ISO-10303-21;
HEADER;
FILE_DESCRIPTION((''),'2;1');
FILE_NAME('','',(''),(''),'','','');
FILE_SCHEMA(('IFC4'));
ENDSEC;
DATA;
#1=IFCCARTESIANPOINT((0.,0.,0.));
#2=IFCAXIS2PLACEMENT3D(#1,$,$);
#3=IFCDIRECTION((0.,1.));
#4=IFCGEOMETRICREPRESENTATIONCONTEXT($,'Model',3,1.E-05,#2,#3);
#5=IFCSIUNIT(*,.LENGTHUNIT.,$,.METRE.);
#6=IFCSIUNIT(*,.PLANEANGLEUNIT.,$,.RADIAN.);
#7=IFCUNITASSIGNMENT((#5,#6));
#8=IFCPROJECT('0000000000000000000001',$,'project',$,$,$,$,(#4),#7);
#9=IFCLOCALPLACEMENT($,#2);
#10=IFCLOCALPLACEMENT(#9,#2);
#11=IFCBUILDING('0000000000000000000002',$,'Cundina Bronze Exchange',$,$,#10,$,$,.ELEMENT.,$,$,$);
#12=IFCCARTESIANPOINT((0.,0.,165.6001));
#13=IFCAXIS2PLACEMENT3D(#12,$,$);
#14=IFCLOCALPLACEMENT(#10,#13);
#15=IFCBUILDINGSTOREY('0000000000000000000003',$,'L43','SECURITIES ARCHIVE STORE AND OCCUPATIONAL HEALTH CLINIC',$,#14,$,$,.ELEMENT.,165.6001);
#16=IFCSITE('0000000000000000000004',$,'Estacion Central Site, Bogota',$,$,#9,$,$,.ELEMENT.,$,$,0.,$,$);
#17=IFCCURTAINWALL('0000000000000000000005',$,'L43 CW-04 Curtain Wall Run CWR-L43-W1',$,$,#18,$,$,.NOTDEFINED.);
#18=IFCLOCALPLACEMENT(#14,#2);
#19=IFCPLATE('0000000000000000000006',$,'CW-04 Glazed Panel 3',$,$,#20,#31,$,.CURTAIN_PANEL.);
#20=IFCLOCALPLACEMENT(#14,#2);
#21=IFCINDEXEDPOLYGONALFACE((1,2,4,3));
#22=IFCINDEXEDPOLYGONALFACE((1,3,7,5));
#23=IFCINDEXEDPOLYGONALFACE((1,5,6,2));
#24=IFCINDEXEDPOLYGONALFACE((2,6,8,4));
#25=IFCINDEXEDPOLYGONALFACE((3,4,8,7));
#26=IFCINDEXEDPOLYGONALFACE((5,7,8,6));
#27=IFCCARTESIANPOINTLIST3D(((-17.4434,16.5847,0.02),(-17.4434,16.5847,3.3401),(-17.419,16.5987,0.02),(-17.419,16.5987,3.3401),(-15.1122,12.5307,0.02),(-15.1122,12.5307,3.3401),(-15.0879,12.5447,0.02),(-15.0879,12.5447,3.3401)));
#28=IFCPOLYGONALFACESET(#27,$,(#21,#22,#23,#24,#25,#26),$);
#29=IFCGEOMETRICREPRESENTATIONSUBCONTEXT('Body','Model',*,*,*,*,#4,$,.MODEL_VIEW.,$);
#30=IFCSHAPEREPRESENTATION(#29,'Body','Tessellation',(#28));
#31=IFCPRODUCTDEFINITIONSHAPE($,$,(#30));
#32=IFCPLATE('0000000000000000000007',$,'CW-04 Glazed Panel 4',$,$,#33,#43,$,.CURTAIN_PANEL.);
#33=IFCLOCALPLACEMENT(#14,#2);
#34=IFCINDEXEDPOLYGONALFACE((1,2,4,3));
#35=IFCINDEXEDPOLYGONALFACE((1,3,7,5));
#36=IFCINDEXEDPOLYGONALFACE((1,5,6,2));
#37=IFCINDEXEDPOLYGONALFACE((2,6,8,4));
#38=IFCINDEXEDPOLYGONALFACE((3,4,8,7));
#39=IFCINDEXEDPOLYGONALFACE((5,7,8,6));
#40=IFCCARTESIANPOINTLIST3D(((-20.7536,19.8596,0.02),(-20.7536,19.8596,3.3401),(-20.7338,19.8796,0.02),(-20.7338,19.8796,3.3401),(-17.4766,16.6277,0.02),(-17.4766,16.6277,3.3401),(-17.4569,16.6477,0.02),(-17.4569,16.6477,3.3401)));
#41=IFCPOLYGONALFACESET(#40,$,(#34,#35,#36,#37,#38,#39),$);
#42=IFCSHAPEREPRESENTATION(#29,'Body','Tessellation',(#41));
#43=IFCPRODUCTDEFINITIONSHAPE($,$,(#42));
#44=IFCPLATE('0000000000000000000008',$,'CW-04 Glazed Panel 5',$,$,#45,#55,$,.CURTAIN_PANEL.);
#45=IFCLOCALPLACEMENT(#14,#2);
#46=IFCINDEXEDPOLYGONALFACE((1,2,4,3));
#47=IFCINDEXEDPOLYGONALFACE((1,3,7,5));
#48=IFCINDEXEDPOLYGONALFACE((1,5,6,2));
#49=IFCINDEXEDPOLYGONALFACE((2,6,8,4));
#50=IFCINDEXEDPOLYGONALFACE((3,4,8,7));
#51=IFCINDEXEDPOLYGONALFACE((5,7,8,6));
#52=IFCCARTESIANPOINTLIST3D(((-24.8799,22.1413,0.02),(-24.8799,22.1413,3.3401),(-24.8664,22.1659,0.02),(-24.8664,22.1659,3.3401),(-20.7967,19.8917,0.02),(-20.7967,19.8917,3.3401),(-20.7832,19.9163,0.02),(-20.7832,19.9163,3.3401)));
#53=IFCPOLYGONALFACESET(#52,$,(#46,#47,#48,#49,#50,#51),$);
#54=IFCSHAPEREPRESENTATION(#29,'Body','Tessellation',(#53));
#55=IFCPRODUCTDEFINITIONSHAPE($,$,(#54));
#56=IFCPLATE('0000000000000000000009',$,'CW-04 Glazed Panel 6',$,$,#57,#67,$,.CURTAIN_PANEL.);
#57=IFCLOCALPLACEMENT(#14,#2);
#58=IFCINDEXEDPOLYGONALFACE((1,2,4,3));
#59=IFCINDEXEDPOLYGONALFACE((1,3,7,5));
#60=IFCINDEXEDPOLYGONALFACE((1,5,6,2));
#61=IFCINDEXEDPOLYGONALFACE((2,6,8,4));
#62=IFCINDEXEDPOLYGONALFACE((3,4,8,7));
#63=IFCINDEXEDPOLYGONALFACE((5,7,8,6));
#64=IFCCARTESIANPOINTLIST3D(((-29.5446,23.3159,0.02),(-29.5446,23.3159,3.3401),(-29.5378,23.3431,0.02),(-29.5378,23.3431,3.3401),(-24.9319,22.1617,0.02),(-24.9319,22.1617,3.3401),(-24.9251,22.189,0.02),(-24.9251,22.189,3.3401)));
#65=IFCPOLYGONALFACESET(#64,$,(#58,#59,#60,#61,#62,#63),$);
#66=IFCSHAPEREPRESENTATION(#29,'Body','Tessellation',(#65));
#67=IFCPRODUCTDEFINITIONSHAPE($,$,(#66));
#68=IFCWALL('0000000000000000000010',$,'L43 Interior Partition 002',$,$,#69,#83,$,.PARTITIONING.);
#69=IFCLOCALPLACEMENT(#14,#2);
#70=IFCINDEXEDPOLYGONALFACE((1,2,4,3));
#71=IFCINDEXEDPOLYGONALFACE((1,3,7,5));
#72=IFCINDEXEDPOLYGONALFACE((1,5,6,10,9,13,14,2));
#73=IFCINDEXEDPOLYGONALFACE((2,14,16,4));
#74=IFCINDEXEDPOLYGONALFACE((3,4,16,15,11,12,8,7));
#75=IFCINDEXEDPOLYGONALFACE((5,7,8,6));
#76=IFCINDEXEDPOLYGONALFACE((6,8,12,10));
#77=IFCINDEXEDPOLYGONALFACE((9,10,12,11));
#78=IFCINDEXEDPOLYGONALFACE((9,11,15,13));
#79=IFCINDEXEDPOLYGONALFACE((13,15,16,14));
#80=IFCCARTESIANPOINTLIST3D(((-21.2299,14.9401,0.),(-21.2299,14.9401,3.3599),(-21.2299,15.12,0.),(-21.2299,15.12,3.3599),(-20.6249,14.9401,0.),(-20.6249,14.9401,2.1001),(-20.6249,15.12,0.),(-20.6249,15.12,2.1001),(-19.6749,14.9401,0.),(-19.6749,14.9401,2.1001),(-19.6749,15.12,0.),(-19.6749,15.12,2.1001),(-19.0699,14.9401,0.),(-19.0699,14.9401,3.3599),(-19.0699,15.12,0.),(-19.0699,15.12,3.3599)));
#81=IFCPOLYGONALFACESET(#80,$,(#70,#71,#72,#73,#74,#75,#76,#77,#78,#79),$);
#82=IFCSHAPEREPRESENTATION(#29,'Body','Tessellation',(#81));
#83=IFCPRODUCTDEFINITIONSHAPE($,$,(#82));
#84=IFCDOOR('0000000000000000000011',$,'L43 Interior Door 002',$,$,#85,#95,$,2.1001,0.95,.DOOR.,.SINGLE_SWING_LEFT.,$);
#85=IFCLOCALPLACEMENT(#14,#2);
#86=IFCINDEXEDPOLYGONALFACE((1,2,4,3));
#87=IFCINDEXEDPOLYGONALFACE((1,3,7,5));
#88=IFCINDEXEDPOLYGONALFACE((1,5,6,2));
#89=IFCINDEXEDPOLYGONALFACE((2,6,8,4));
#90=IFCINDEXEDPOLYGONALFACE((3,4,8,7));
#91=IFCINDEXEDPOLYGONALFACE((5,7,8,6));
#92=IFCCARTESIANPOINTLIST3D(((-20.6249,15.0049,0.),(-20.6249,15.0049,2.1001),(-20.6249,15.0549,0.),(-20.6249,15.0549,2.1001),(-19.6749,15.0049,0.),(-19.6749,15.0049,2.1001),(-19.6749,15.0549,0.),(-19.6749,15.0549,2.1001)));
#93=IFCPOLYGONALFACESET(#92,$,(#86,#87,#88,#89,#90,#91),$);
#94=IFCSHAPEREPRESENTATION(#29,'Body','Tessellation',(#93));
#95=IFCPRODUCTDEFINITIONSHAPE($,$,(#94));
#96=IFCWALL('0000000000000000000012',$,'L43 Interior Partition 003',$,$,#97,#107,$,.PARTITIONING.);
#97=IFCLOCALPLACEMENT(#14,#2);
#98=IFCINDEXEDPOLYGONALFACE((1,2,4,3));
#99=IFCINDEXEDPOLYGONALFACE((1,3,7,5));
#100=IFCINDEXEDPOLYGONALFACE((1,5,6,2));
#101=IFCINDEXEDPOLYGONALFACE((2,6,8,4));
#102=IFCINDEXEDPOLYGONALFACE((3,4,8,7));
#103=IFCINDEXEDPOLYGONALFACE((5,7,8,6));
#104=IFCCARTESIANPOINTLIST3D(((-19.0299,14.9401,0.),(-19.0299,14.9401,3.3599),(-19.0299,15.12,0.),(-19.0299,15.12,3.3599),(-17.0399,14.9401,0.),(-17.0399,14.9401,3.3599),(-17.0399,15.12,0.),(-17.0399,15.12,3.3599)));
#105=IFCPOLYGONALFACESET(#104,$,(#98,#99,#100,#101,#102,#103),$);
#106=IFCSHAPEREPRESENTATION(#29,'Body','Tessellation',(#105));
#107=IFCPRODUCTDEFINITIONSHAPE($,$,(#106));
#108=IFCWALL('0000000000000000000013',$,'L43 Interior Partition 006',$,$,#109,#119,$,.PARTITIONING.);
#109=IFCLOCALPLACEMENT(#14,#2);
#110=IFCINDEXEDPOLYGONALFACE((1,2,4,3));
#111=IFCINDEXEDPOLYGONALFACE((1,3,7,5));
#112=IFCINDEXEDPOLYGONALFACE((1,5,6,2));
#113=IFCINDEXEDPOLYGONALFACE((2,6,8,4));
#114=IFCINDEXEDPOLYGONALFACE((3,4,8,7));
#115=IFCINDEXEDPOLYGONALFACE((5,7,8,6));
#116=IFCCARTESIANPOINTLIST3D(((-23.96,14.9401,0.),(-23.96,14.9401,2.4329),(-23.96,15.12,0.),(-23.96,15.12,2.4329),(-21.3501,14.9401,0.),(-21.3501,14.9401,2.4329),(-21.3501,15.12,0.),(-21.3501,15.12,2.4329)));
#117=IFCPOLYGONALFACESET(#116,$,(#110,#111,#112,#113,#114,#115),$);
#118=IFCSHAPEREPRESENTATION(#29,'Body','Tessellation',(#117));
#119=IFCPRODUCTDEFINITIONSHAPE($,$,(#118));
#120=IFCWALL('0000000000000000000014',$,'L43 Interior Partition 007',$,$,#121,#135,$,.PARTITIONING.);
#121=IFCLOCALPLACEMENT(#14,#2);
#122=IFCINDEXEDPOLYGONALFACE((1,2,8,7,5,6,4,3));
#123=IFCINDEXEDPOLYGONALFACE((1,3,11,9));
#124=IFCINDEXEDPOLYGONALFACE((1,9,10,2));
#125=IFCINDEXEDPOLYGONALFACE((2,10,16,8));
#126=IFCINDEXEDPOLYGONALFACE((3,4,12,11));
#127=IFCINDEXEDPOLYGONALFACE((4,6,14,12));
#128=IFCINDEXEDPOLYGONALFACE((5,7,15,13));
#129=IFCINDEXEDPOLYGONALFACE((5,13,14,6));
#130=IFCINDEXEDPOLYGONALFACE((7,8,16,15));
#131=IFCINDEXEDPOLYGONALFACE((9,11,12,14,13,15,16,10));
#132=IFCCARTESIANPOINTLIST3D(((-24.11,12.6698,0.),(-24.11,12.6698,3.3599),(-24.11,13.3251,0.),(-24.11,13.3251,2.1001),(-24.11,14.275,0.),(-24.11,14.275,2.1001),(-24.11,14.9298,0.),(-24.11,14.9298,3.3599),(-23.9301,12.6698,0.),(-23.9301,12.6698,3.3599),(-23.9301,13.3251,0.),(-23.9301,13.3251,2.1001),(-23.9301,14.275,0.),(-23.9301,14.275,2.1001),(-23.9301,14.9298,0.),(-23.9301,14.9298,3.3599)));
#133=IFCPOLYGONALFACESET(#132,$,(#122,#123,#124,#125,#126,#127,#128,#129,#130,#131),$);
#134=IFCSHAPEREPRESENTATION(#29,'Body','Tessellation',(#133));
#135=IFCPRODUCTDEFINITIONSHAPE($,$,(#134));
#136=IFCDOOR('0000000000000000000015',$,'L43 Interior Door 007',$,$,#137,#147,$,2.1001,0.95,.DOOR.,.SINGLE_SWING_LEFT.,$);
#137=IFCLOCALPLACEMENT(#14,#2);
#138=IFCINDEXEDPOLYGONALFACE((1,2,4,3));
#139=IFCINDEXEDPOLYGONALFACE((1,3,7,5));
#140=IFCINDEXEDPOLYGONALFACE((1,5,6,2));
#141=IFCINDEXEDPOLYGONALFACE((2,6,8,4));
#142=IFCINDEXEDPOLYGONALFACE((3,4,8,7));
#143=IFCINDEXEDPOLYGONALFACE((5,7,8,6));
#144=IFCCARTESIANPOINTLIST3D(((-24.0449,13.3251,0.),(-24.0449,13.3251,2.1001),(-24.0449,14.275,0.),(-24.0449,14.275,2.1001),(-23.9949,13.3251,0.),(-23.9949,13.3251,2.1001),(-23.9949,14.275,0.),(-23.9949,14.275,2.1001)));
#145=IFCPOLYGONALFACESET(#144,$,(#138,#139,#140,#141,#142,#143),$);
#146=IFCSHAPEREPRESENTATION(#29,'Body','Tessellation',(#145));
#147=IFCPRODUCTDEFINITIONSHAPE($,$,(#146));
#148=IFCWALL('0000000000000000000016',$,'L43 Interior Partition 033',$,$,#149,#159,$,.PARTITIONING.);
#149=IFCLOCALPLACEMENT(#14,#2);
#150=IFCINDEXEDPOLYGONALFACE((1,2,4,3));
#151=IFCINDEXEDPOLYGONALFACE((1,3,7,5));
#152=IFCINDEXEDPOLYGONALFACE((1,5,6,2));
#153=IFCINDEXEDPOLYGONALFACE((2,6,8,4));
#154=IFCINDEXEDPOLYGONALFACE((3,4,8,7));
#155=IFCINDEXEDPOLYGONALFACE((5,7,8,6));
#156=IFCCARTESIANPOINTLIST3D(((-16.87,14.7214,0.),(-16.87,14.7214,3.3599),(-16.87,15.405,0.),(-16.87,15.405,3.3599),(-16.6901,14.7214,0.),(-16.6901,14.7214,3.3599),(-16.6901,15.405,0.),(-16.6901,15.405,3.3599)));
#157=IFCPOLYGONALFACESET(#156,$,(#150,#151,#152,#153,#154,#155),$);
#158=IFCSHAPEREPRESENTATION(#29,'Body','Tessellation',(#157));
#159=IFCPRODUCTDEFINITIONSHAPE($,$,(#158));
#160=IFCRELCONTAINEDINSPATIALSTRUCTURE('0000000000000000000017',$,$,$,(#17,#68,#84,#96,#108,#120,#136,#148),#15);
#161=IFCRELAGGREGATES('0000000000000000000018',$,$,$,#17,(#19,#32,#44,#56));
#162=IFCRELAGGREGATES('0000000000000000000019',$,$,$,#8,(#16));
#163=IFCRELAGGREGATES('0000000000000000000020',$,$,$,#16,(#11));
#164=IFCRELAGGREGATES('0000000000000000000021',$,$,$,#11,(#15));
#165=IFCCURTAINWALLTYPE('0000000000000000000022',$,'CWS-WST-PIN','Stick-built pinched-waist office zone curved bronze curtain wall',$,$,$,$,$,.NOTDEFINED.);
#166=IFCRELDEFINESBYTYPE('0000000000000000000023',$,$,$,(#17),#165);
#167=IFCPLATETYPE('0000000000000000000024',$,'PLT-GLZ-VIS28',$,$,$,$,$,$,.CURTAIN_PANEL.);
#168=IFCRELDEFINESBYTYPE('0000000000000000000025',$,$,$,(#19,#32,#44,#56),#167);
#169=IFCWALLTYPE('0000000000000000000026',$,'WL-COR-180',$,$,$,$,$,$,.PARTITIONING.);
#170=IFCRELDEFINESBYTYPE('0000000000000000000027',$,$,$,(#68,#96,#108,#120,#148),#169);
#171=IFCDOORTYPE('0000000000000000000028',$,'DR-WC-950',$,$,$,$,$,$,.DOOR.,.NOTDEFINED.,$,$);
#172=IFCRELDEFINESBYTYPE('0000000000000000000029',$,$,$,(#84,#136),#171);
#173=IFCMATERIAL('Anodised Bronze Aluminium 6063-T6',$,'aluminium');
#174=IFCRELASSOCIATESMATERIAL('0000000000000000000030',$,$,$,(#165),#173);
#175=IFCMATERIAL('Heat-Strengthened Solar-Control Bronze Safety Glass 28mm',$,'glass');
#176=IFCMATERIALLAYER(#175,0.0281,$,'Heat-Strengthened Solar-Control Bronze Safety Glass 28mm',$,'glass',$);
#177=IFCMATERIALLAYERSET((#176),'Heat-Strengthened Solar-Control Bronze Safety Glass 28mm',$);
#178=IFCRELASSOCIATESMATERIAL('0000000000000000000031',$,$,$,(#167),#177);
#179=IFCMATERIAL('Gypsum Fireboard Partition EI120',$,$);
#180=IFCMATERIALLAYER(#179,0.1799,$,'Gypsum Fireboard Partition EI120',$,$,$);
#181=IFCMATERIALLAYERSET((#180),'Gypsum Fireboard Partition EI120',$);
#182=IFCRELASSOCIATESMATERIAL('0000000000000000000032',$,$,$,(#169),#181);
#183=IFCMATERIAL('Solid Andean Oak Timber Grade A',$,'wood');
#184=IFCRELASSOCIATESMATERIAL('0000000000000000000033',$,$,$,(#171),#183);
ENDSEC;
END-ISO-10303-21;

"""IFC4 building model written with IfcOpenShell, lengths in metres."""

from ifc_helpers import new_model, si_unit, direction, frame, frame_2d, origin, origin_2d, place, context, subcontext, project, spatial, rectangle, extrude, material, layer, layer_set, type_object, element, fill, aggregate, save


model = new_model("IFC4")

# Units and contexts
model_context = context("Model", 3, precision=1e-05, world=origin(), true_north=direction((0.0, 1.0)))
body_context = subcontext(model_context, "Body", "Model", "MODEL_VIEW")
ifc_project = project(units=[si_unit("LENGTHUNIT", "METRE"), si_unit("PLANEANGLEUNIT", "RADIAN")], contexts=[model_context])

# Site, building, storey
site_placement = place(None, origin())
site = spatial("IfcSite", under=ifc_project, at=site_placement, Name="Estacion Central Site, Bogota", CompositionType="ELEMENT", RefElevation=0.0)
building_placement = place(site_placement, origin())
building = spatial("IfcBuilding", under=site, at=building_placement, Name="Cundina Bronze Exchange", CompositionType="ELEMENT")
storey_placement = place(building_placement, frame((0.0, 0.0, 165.6001)))
storey = spatial("IfcBuildingStorey", under=building, at=storey_placement, Name="L43", Description="SECURITIES ARCHIVE STORE AND OCCUPATIONAL HEALTH CLINIC", CompositionType="ELEMENT", Elevation=165.6001)

# Curtain wall, plates
ifc_material_1 = material(Name="Anodised Bronze Aluminium 6063-T6", Category="aluminium")
curtain_wall_type = type_object("IfcCurtainWallType", Name="CWS-WST-PIN", Description="Stick-built pinched-waist office zone curved bronze curtain wall", PredefinedType="NOTDEFINED", material=ifc_material_1)
curtain_wall_placement = place(storey_placement, origin())
curtain_wall = element("IfcCurtainWall", 1, at=curtain_wall_placement, inside=storey, type_object=curtain_wall_type, Name="L43 CW-04 Curtain Wall Run CWR-L43-W1", PredefinedType="NOTDEFINED")
ifc_material_2 = material(Name="Heat-Strengthened Solar-Control Bronze Safety Glass 28mm", Category="glass")
ifc_layer_1 = layer(ifc_material_2, 0.0281, Name="Heat-Strengthened Solar-Control Bronze Safety Glass 28mm", Category="glass")
ifc_layer_set_1 = layer_set([ifc_layer_1], Name="Heat-Strengthened Solar-Control Bronze Safety Glass 28mm")
plate_type = type_object("IfcPlateType", Name="PLT-GLZ-VIS28", PredefinedType="CURTAIN_PANEL", material=ifc_layer_set_1)
plate_1_placement = place(storey_placement, frame((-16.2656, 14.5647, 0.02), z_axis=(0.0, 0.0, 1.0), x_axis=(-0.498488, 0.866897, 0.0)))
plate_1 = element("IfcPlate", 2, at=plate_1_placement, type_object=plate_type, Name="CW-04 Glazed Panel 3", PredefinedType="CURTAIN_PANEL", context=body_context, shape_type="SweptSolid", body=[
    extrude(rectangle(XDim=4.6765, YDim=0.0281, at=origin_2d()), origin(), (0.0, 0.0, 1.0), 3.3201),
])
plate_2_placement = place(storey_placement, frame((-19.1052, 18.2537, 0.02), z_axis=(0.0, 0.0, 1.0), x_axis=(-0.711989, 0.70219, 0.0)))
plate_2 = element("IfcPlate", 3, at=plate_2_placement, type_object=plate_type, Name="CW-04 Glazed Panel 4", PredefinedType="CURTAIN_PANEL", context=body_context, shape_type="SweptSolid", body=[
    extrude(rectangle(XDim=4.6025, YDim=0.0281, at=origin_2d()), origin(), (0.0, 0.0, 1.0), 3.3201),
])
plate_3_placement = place(storey_placement, frame((-22.8315, 21.0288, 0.02), z_axis=(0.0, 0.0, 1.0), x_axis=(-0.875869, 0.482549, 0.0)))
plate_3 = element("IfcPlate", 4, at=plate_3_placement, type_object=plate_type, Name="CW-04 Glazed Panel 5", PredefinedType="CURTAIN_PANEL", context=body_context, shape_type="SweptSolid", body=[
    extrude(rectangle(XDim=4.6619, YDim=0.0281, at=origin_2d()), origin(), (0.0, 0.0, 1.0), 3.3201),
])
plate_4_placement = place(storey_placement, frame((-27.2349, 22.7524, 0.02), z_axis=(0.0, 0.0, 1.0), x_axis=(-0.970093, 0.242735, 0.0)))
plate_4 = element("IfcPlate", 5, at=plate_4_placement, type_object=plate_type, Name="CW-04 Glazed Panel 6", PredefinedType="CURTAIN_PANEL", context=body_context, shape_type="SweptSolid", body=[
    extrude(rectangle(XDim=4.7549, YDim=0.0281, at=origin_2d()), origin(), (0.0, 0.0, 1.0), 3.3201),
])
aggregate(curtain_wall, [plate_1, plate_2, plate_3, plate_4])

# Wall, opening, door
ifc_material_3 = material(Name="Gypsum Fireboard Partition EI120")
ifc_layer_2 = layer(ifc_material_3, 0.1799, Name="Gypsum Fireboard Partition EI120")
ifc_layer_set_2 = layer_set([ifc_layer_2], Name="Gypsum Fireboard Partition EI120")
wall_type_1 = type_object("IfcWallType", Name="WL-COR-180", PredefinedType="PARTITIONING", material=ifc_layer_set_2)
wall_1_placement = place(storey_placement, frame((-21.23, 15.03, 0.0), z_axis=(0.0, 0.0, 1.0), x_axis=(1.0, 0.0, 0.0)))
wall_1 = element("IfcWall", 6, at=wall_1_placement, inside=storey, type_object=wall_type_1, Name="L43 Interior Partition 002", PredefinedType="PARTITIONING", context=body_context, shape_type="SweptSolid", body=[
    extrude(rectangle(XDim=2.1599, YDim=0.1799, at=frame_2d((1.0801, 0.0))), origin(), (0.0, 0.0, 1.0), 3.3599),
])
opening_1_placement = place(wall_1_placement, frame((0.605, 0.0, 0.0)))
opening_1 = element("IfcOpeningElement", 7, at=opening_1_placement, cuts=wall_1, PredefinedType="OPENING", context=body_context, shape_type="SweptSolid", body=[
    extrude(rectangle(XDim=0.95, YDim=2.1001, at=frame_2d((0.4751, 1.05))), frame((0.0, 0.0999, 0.0), z_axis=(0.0, -1.0, 0.0), x_axis=(1.0, 0.0, 0.0)), (0.0, 0.0, 1.0), 0.2),
])
ifc_material_4 = material(Name="Solid Andean Oak Timber Grade A", Category="wood")
door_type_1 = type_object("IfcDoorType", Name="DR-WC-950", OperationType="NOTDEFINED", PredefinedType="DOOR", material=ifc_material_4)
door_1_placement = place(opening_1_placement, origin())
door_1 = element("IfcDoor", 8, at=door_1_placement, inside=storey, type_object=door_type_1, Name="L43 Interior Door 002", OperationType="SINGLE_SWING_LEFT", OverallHeight=2.1001, OverallWidth=0.95, PredefinedType="DOOR", context=body_context, shape_type="SweptSolid", body=[
    extrude(rectangle(XDim=0.95, YDim=2.1001, at=frame_2d((0.4751, 1.05))), frame((0.0, 0.0249, 0.0), z_axis=(0.0, -1.0, 0.0), x_axis=(1.0, 0.0, 0.0)), (0.0, 0.0, 1.0), 0.05),
])
fill(opening_1, door_1)

# Walls
wall_2_placement = place(storey_placement, frame((-19.03, 15.03, 0.0), z_axis=(0.0, 0.0, 1.0), x_axis=(1.0, 0.0, 0.0)))
element("IfcWall", 9, at=wall_2_placement, inside=storey, type_object=wall_type_1, Name="L43 Interior Partition 003", PredefinedType="PARTITIONING", context=body_context, shape_type="SweptSolid", body=[
    extrude(rectangle(XDim=1.99, YDim=0.1799, at=frame_2d((0.9951, 0.0))), origin(), (0.0, 0.0, 1.0), 3.3599),
])
wall_3_placement = place(storey_placement, frame((-23.96, 15.03, 0.0), z_axis=(0.0, 0.0, 1.0), x_axis=(1.0, 0.0, 0.0)))
element("IfcWall", 10, at=wall_3_placement, inside=storey, type_object=wall_type_1, Name="L43 Interior Partition 006", PredefinedType="PARTITIONING", context=body_context, shape_type="SweptSolid", body=[
    extrude(rectangle(XDim=2.6099, YDim=0.1799, at=frame_2d((1.3049, 0.0))), origin(), (0.0, 0.0, 1.0), 2.4329),
])

# Wall, opening, door
wall_4_placement = place(storey_placement, frame((-24.02, 12.6699, 0.0), z_axis=(0.0, 0.0, 1.0), x_axis=(0.0, 1.0, 0.0)))
wall_4 = element("IfcWall", 11, at=wall_4_placement, inside=storey, type_object=wall_type_1, Name="L43 Interior Partition 007", PredefinedType="PARTITIONING", context=body_context, shape_type="SweptSolid", body=[
    extrude(rectangle(XDim=2.26, YDim=0.1799, at=frame_2d((1.1299, 0.0))), origin(), (0.0, 0.0, 1.0), 3.3599),
])
opening_2_placement = place(wall_4_placement, frame((0.655, 0.0, 0.0)))
opening_2 = element("IfcOpeningElement", 12, at=opening_2_placement, cuts=wall_4, PredefinedType="OPENING", context=body_context, shape_type="SweptSolid", body=[
    extrude(rectangle(XDim=0.95, YDim=2.1001, at=frame_2d((0.4751, 1.05))), frame((0.0, 0.0999, 0.0), z_axis=(0.0, -1.0, 0.0), x_axis=(1.0, 0.0, 0.0)), (0.0, 0.0, 1.0), 0.2),
])
door_2_placement = place(opening_2_placement, origin())
door_2 = element("IfcDoor", 13, at=door_2_placement, inside=storey, type_object=door_type_1, Name="L43 Interior Door 007", OperationType="SINGLE_SWING_LEFT", OverallHeight=2.1001, OverallWidth=0.95, PredefinedType="DOOR", context=body_context, shape_type="SweptSolid", body=[
    extrude(rectangle(XDim=0.95, YDim=2.1001, at=frame_2d((0.4751, 1.05))), frame((0.0, 0.0249, 0.0), z_axis=(0.0, -1.0, 0.0), x_axis=(1.0, 0.0, 0.0)), (0.0, 0.0, 1.0), 0.05),
])
fill(opening_2, door_2)

# Wall
wall_5_placement = place(storey_placement, frame((-16.78, 14.7214, 0.0), z_axis=(0.0, 0.0, 1.0), x_axis=(0.0, 1.0, 0.0)))
element("IfcWall", 14, at=wall_5_placement, inside=storey, type_object=wall_type_1, Name="L43 Interior Partition 033", PredefinedType="PARTITIONING", context=body_context, shape_type="SweptSolid", body=[
    extrude(rectangle(XDim=0.6836, YDim=0.1799, at=frame_2d((0.3418, 0.0))), origin(), (0.0, 0.0, 1.0), 3.3599),
])

save(model, "model.ifc")
